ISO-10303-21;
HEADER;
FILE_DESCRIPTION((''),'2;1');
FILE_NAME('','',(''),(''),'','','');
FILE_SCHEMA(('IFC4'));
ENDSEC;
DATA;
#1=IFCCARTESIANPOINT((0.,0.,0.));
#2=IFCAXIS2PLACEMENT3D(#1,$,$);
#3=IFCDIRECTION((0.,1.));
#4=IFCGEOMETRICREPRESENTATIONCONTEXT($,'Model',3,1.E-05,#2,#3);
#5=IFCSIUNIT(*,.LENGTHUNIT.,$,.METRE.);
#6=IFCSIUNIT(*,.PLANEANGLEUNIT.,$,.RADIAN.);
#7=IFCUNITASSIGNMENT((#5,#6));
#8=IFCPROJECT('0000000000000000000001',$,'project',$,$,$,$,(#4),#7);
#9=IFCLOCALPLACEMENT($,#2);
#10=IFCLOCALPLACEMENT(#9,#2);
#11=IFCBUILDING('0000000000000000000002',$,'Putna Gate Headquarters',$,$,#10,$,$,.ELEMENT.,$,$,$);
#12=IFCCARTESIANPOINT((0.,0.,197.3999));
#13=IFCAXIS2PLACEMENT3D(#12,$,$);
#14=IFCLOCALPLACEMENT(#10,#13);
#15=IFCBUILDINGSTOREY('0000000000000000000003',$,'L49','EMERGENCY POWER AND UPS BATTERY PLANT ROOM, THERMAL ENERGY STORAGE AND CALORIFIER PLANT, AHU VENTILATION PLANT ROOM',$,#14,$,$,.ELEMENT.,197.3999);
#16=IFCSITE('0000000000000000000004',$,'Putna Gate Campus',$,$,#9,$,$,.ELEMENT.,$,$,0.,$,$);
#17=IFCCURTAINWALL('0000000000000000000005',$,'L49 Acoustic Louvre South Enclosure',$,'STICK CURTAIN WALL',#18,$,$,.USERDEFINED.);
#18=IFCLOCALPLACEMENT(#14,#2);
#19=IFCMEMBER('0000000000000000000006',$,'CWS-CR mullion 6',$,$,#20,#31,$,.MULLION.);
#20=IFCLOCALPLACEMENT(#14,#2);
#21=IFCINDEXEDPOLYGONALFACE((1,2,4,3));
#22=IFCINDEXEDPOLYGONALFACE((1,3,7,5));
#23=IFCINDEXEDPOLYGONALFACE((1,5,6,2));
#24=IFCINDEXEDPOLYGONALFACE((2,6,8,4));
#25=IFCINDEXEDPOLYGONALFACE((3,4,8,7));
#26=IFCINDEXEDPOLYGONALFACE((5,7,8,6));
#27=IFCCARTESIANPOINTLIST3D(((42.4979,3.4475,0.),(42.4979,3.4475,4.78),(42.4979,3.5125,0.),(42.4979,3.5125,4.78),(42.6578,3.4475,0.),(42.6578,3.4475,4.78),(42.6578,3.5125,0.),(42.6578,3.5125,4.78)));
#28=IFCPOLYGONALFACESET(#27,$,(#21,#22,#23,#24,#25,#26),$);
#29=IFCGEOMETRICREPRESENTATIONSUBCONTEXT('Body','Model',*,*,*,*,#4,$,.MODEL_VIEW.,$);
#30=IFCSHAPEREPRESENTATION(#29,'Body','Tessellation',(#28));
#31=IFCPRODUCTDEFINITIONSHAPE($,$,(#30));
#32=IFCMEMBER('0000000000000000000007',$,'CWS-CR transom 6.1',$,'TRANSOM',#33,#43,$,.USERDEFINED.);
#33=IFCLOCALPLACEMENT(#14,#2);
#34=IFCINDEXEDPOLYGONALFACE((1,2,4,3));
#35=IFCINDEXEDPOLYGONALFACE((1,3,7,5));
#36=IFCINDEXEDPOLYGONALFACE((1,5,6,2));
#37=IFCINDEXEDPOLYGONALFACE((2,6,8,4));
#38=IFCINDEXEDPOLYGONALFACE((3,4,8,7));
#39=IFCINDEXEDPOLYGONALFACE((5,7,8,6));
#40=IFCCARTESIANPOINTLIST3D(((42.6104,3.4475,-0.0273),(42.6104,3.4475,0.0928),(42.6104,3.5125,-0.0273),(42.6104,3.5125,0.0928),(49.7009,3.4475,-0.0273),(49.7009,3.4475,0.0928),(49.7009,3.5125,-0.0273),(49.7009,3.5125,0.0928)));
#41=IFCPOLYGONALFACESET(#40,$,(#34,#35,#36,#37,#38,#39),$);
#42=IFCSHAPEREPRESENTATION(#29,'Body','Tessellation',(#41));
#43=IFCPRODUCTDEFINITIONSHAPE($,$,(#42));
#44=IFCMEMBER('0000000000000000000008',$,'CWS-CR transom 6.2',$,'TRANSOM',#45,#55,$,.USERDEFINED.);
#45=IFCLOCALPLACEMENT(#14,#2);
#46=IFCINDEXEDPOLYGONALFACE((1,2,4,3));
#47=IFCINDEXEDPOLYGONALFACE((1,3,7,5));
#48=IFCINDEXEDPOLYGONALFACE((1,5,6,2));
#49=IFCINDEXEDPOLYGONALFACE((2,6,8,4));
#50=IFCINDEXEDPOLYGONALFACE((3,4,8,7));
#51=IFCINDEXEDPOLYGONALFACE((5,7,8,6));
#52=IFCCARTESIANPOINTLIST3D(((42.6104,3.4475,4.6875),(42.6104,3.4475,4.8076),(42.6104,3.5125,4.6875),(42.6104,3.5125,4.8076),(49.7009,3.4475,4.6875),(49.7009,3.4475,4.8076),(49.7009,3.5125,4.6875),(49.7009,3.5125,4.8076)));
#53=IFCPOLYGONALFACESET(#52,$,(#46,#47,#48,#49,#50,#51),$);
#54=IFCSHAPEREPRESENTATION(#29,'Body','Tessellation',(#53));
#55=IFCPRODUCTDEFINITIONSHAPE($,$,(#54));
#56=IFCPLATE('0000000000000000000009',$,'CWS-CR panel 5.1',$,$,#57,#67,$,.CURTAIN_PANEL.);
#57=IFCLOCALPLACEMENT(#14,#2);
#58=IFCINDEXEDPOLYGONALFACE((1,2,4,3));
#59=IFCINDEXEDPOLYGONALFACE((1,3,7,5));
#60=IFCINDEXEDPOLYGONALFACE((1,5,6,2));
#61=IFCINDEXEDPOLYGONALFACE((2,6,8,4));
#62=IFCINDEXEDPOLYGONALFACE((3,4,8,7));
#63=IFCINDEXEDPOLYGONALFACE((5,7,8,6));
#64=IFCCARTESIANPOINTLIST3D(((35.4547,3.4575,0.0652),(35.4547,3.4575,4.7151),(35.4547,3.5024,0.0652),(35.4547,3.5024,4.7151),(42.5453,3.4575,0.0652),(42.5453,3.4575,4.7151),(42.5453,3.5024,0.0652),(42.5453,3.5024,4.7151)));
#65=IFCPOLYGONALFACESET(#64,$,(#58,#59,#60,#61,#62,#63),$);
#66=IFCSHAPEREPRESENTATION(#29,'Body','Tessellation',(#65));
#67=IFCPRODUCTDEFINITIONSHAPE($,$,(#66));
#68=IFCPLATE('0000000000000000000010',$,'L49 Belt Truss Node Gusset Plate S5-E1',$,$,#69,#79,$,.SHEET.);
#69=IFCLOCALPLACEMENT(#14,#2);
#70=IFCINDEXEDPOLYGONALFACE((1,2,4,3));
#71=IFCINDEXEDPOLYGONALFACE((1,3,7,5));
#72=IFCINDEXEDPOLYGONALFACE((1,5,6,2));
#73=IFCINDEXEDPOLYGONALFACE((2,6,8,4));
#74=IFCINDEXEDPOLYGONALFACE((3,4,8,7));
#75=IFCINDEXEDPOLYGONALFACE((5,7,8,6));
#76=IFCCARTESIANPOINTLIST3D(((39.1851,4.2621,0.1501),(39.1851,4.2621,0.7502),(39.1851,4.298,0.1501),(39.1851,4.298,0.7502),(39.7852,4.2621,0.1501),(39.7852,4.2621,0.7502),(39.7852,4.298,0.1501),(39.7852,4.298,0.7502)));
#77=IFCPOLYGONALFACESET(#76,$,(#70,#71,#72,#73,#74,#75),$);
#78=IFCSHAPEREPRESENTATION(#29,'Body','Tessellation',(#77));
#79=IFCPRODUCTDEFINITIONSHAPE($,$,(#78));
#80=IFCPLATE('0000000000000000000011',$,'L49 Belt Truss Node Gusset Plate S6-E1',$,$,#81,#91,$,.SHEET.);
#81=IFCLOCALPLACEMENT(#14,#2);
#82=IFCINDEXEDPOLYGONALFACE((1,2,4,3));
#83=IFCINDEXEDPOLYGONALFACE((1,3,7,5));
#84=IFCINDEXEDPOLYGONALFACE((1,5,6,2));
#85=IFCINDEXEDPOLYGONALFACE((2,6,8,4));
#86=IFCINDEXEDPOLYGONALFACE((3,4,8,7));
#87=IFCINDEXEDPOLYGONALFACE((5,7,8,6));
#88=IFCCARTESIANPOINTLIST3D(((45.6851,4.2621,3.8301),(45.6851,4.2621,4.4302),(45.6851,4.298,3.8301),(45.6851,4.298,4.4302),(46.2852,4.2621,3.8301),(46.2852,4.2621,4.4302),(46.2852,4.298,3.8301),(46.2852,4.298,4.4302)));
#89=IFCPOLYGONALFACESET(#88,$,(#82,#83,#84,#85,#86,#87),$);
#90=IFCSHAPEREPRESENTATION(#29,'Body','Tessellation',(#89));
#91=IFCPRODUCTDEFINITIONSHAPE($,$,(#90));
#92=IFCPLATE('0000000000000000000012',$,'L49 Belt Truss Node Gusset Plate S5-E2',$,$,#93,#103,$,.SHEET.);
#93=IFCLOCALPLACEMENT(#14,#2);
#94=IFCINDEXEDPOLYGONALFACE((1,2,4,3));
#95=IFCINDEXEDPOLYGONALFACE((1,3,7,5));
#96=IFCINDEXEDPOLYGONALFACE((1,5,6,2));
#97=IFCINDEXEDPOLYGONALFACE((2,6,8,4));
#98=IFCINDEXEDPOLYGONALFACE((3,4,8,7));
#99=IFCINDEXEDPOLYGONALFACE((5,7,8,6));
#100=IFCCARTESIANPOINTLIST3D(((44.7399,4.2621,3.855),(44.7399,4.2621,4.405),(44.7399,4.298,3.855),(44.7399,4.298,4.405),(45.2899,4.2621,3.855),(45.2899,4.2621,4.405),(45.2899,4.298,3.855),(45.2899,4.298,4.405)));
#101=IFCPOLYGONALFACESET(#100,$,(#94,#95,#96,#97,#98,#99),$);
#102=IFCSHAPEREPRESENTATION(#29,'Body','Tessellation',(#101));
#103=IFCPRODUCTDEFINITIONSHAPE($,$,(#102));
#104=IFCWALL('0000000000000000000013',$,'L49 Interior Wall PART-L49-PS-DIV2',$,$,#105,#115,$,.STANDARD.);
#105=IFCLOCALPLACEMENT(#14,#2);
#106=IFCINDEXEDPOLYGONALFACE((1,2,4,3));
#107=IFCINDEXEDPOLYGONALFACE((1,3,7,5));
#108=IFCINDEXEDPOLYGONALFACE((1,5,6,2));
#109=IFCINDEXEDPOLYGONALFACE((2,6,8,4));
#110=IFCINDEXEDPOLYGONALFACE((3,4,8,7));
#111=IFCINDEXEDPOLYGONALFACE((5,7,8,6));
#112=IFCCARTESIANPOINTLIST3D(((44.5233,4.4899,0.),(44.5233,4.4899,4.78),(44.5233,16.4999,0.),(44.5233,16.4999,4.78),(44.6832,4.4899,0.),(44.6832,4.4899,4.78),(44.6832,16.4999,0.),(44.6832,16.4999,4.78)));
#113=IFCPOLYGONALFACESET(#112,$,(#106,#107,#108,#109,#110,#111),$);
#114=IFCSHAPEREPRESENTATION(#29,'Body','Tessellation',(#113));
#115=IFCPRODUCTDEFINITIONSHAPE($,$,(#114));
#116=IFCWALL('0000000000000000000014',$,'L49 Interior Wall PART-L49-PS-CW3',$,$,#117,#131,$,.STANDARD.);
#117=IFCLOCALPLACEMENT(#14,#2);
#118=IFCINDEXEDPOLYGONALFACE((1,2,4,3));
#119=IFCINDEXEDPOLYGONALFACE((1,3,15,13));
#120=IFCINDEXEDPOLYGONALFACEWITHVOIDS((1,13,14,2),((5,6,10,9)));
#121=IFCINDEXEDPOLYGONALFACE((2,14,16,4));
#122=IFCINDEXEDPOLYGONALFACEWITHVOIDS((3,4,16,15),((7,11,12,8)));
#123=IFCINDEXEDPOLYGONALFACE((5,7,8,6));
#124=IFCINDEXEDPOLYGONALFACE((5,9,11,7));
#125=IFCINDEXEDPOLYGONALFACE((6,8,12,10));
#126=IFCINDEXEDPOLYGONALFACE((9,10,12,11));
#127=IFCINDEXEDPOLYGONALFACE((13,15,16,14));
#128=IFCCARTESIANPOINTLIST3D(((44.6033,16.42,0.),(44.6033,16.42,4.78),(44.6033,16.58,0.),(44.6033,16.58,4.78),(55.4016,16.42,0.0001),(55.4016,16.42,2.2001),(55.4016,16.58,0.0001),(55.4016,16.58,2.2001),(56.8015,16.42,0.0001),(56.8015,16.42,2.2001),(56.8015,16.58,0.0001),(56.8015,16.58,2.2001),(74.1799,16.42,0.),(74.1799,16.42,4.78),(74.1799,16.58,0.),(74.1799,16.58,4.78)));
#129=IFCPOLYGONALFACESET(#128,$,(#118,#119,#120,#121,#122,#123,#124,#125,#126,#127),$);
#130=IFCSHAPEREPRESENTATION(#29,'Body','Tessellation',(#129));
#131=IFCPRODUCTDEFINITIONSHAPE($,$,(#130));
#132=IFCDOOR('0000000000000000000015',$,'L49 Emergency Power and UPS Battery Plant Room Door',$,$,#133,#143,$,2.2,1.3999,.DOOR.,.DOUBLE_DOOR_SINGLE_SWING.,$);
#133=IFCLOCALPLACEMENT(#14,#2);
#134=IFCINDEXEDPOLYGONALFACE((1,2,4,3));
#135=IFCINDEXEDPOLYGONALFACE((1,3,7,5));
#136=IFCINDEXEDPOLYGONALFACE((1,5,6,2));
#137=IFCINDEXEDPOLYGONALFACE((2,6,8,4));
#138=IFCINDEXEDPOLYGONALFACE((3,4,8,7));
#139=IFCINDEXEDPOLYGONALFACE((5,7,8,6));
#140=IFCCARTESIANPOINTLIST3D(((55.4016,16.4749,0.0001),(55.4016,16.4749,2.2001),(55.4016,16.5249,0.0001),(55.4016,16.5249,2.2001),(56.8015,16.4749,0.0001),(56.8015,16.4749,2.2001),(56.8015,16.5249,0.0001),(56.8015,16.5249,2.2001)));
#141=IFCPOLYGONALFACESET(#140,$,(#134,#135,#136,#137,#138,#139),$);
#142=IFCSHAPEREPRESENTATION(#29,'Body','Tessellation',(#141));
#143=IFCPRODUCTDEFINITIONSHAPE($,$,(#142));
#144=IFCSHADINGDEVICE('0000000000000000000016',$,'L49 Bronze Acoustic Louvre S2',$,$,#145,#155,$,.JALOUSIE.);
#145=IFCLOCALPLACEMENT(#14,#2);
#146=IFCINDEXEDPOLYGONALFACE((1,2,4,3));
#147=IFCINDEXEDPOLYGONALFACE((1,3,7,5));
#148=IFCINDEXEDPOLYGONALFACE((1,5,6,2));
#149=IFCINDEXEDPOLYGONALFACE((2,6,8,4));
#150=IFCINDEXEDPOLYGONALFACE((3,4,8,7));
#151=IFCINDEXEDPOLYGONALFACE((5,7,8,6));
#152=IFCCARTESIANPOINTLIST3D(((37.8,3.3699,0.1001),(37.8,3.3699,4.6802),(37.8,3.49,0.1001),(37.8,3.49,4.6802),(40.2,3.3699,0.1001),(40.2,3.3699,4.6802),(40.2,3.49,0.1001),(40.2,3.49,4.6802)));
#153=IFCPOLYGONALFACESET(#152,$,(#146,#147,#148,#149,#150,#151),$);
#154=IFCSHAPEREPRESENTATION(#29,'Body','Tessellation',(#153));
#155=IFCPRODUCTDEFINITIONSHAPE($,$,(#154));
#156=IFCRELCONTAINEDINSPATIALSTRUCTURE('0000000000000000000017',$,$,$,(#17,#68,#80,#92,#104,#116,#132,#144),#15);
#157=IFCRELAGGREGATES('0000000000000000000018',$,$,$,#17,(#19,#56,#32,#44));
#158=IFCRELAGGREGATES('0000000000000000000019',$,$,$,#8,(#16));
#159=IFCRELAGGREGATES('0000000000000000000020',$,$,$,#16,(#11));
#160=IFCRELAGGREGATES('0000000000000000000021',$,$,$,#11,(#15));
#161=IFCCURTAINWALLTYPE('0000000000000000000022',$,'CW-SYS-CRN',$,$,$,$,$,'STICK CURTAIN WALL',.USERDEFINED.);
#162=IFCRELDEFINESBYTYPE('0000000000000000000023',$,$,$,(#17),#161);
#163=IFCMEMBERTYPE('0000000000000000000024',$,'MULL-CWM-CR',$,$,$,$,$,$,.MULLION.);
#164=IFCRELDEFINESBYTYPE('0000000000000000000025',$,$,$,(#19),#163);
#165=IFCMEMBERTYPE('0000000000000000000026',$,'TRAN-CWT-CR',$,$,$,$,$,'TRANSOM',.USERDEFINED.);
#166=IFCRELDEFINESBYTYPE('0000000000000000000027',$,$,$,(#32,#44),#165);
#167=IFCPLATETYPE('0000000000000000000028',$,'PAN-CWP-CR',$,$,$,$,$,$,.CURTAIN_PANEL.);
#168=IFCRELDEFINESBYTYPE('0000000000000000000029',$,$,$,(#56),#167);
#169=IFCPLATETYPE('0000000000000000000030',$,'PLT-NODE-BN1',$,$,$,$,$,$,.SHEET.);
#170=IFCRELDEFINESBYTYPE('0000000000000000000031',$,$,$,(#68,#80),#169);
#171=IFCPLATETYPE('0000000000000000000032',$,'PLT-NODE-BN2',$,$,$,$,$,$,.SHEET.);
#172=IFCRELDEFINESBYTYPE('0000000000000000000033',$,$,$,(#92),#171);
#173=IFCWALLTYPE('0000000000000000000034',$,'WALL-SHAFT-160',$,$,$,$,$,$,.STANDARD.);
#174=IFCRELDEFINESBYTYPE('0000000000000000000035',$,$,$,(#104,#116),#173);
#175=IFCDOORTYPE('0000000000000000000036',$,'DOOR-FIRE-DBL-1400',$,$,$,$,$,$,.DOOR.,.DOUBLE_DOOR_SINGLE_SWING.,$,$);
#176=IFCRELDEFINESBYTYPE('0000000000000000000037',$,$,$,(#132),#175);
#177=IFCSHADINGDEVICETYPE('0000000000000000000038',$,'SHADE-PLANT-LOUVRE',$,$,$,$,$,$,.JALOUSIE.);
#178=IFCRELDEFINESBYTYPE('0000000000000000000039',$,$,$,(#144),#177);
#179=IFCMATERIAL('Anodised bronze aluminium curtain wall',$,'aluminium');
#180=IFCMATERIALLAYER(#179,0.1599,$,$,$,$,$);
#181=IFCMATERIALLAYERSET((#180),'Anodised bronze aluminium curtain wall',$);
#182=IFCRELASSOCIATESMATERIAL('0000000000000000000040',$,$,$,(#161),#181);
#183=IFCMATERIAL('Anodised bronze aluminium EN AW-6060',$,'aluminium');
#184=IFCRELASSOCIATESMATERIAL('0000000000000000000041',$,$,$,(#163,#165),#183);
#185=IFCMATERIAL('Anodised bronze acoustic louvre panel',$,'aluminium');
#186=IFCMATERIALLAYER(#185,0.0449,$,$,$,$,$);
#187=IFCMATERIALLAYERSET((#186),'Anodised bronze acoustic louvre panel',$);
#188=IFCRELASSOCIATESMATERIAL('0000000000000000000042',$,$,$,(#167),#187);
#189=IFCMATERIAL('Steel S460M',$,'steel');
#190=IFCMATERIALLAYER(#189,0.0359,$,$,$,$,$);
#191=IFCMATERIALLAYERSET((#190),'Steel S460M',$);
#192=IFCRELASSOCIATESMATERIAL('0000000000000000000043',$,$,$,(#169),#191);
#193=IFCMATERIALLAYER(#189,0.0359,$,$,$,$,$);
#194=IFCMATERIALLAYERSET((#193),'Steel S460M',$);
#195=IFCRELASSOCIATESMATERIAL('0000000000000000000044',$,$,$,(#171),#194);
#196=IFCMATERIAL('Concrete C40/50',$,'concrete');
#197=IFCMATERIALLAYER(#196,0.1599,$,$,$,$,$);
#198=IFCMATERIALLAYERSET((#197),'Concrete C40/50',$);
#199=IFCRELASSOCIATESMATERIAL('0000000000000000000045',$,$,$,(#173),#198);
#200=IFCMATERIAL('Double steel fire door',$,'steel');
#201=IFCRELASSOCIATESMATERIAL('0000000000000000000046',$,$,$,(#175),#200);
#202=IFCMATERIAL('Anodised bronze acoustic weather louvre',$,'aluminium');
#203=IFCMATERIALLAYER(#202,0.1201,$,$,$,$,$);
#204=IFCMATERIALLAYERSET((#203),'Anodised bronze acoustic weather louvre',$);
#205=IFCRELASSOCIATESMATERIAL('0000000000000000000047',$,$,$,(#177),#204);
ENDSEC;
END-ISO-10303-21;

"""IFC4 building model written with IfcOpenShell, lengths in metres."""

from ifc_helpers import new_model, si_unit, direction, frame, frame_2d, origin, origin_2d, place, context, subcontext, project, spatial, rectangle, extrude, material, layer, layer_set, material_profile, profile_set, type_object, element, fill, aggregate, save


model = new_model("IFC4")

# Units and contexts
model_context = context("Model", 3, precision=1e-05, world=origin(), true_north=direction((0.0, 1.0)))
body_context = subcontext(model_context, "Body", "Model", "MODEL_VIEW")
ifc_project = project(units=[si_unit("LENGTHUNIT", "METRE"), si_unit("PLANEANGLEUNIT", "RADIAN")], contexts=[model_context])

# Site, building, storey
site_placement = place(None, origin())
site = spatial("IfcSite", under=ifc_project, at=site_placement, Name="Putna Gate Campus", CompositionType="ELEMENT", RefElevation=0.0)
building_placement = place(site_placement, origin())
building = spatial("IfcBuilding", under=site, at=building_placement, Name="Putna Gate Headquarters", CompositionType="ELEMENT")
storey_placement = place(building_placement, frame((0.0, 0.0, 197.3999)))
storey = spatial("IfcBuildingStorey", under=building, at=storey_placement, Name="L49", Description="EMERGENCY POWER AND UPS BATTERY PLANT ROOM, THERMAL ENERGY STORAGE AND CALORIFIER PLANT, AHU VENTILATION PLANT ROOM", CompositionType="ELEMENT", Elevation=197.3999)

# Shared definitions
ifc_material_1 = material(Name="Steel S460M", Category="steel")

# Curtain wall, members, plate
ifc_material_2 = material(Name="Anodised bronze aluminium curtain wall", Category="aluminium")
ifc_layer_1 = layer(ifc_material_2, 0.1599)
ifc_layer_set_1 = layer_set([ifc_layer_1], Name="Anodised bronze aluminium curtain wall")
curtain_wall_type = type_object("IfcCurtainWallType", Name="CW-SYS-CRN", ElementType="STICK CURTAIN WALL", PredefinedType="USERDEFINED", material=ifc_layer_set_1)
curtain_wall_placement = place(storey_placement, origin())
curtain_wall = element("IfcCurtainWall", 1, at=curtain_wall_placement, inside=storey, type_object=curtain_wall_type, Name="L49 Acoustic Louvre South Enclosure", ObjectType="STICK CURTAIN WALL", PredefinedType="USERDEFINED")
ifc_material_3 = material(Name="Anodised bronze aluminium EN AW-6060", Category="aluminium")
ifc_material_profile_1 = material_profile(ifc_material_3, rectangle(XDim=0.0649, YDim=0.1599, at=origin_2d()), Name="Anodised bronze aluminium EN AW-6060")
ifc_profile_set_1 = profile_set([ifc_material_profile_1], Name="Anodised bronze aluminium EN AW-6060")
member_type_1 = type_object("IfcMemberType", Name="MULL-CWM-CR", PredefinedType="MULLION", material=ifc_profile_set_1)
member_1_placement = place(storey_placement, frame((42.5779, 3.48, 0.0), z_axis=(0.0, 0.0, 1.0), x_axis=(0.0, 1.0, 0.0)))
member_1 = element("IfcMember", 2, at=member_1_placement, type_object=member_type_1, Name="CWS-CR mullion 6", PredefinedType="MULLION", context=body_context, shape_type="SweptSolid", body=[
    extrude(rectangle(XDim=0.0649, YDim=0.1599, at=origin_2d()), origin(), (0.0, 0.0, 1.0), 4.78),
])
ifc_material_profile_2 = material_profile(ifc_material_3, rectangle(XDim=0.0649, YDim=0.1201, at=origin_2d()), Name="Anodised bronze aluminium EN AW-6060")
ifc_profile_set_2 = profile_set([ifc_material_profile_2], Name="Anodised bronze aluminium EN AW-6060")
member_type_2 = type_object("IfcMemberType", Name="TRAN-CWT-CR", ElementType="TRANSOM", PredefinedType="USERDEFINED", material=ifc_profile_set_2)
member_2_placement = place(storey_placement, frame((42.6104, 3.48, 0.0327), z_axis=(1.0, 0.0, 0.0), x_axis=(0.0, 1.0, 0.0)))
member_2 = element("IfcMember", 3, at=member_2_placement, type_object=member_type_2, Name="CWS-CR transom 6.1", ObjectType="TRANSOM", PredefinedType="USERDEFINED", context=body_context, shape_type="SweptSolid", body=[
    extrude(rectangle(XDim=0.0649, YDim=0.1201, at=origin_2d()), origin(), (0.0, 0.0, 1.0), 7.0906),
])
member_3_placement = place(storey_placement, frame((42.6104, 3.48, 4.7476), z_axis=(1.0, 0.0, 0.0), x_axis=(0.0, 1.0, 0.0)))
member_3 = element("IfcMember", 4, at=member_3_placement, type_object=member_type_2, Name="CWS-CR transom 6.2", ObjectType="TRANSOM", PredefinedType="USERDEFINED", context=body_context, shape_type="SweptSolid", body=[
    extrude(rectangle(XDim=0.0649, YDim=0.1201, at=origin_2d()), origin(), (0.0, 0.0, 1.0), 7.0906),
])
ifc_material_4 = material(Name="Anodised bronze acoustic louvre panel", Category="aluminium")
ifc_layer_2 = layer(ifc_material_4, 0.0449)
ifc_layer_set_2 = layer_set([ifc_layer_2], Name="Anodised bronze acoustic louvre panel")
plate_type_1 = type_object("IfcPlateType", Name="PAN-CWP-CR", PredefinedType="CURTAIN_PANEL", material=ifc_layer_set_2)
plate_1_placement = place(storey_placement, frame((39.0, 3.48, 0.0652), z_axis=(0.0, 0.0, 1.0), x_axis=(1.0, 0.0, 0.0)))
plate_1 = element("IfcPlate", 5, at=plate_1_placement, type_object=plate_type_1, Name="CWS-CR panel 5.1", PredefinedType="CURTAIN_PANEL", context=body_context, shape_type="SweptSolid", body=[
    extrude(rectangle(XDim=7.0906, YDim=0.0449, at=origin_2d()), origin(), (0.0, 0.0, 1.0), 4.6499),
])
aggregate(curtain_wall, [member_1, plate_1, member_2, member_3])

# Plates
ifc_layer_3 = layer(ifc_material_1, 0.0359)
ifc_layer_set_3 = layer_set([ifc_layer_3], Name="Steel S460M")
plate_type_2 = type_object("IfcPlateType", Name="PLT-NODE-BN1", PredefinedType="SHEET", material=ifc_layer_set_3)
for number, where, z_axis, x_axis, name in (
    (6, (39.4851, 4.28, 0.1501), (0.0, 0.0, 1.0), (1.0, 0.0, 0.0), "L49 Belt Truss Node Gusset Plate S5-E1"),
    (7, (45.9851, 4.28, 3.8301), (0.0, 0.0, 1.0), (1.0, 0.0, 0.0), "L49 Belt Truss Node Gusset Plate S6-E1"),
):
    element("IfcPlate", number, at=place(storey_placement, frame(where, z_axis=z_axis, x_axis=x_axis)), inside=storey, type_object=plate_type_2, Name=name, PredefinedType="SHEET", context=body_context, shape_type="SweptSolid", body=[
        extrude(rectangle(XDim=0.6001, YDim=0.0359, at=origin_2d()), origin(), (0.0, 0.0, 1.0), 0.6001),
    ])
ifc_layer_4 = layer(ifc_material_1, 0.0359)
ifc_layer_set_4 = layer_set([ifc_layer_4], Name="Steel S460M")
plate_type_3 = type_object("IfcPlateType", Name="PLT-NODE-BN2", PredefinedType="SHEET", material=ifc_layer_set_4)
plate_2_placement = place(storey_placement, frame((45.0149, 4.28, 3.855), z_axis=(0.0, 0.0, 1.0), x_axis=(1.0, 0.0, 0.0)))
element("IfcPlate", 8, at=plate_2_placement, inside=storey, type_object=plate_type_3, Name="L49 Belt Truss Node Gusset Plate S5-E2", PredefinedType="SHEET", context=body_context, shape_type="SweptSolid", body=[
    extrude(rectangle(XDim=0.55, YDim=0.0359, at=origin_2d()), origin(), (0.0, 0.0, 1.0), 0.55),
])

# Wall
ifc_material_5 = material(Name="Concrete C40/50", Category="concrete")
ifc_layer_5 = layer(ifc_material_5, 0.1599)
ifc_layer_set_5 = layer_set([ifc_layer_5], Name="Concrete C40/50")
wall_type = type_object("IfcWallType", Name="WALL-SHAFT-160", PredefinedType="STANDARD", material=ifc_layer_set_5)
wall_1_placement = place(storey_placement, frame((44.6033, 4.49, 0.0), z_axis=(0.0, 0.0, 1.0), x_axis=(0.0, 1.0, 0.0)))
element("IfcWall", 9, at=wall_1_placement, inside=storey, type_object=wall_type, Name="L49 Interior Wall PART-L49-PS-DIV2", PredefinedType="STANDARD", context=body_context, shape_type="SweptSolid", body=[
    extrude(rectangle(XDim=12.01, YDim=0.1599, at=frame_2d((6.0049, 0.0))), origin(), (0.0, 0.0, 1.0), 4.78),
])

# Wall, opening, door
wall_2_placement = place(storey_placement, frame((44.6033, 16.5, 0.0), z_axis=(0.0, 0.0, 1.0), x_axis=(1.0, 0.0, 0.0)))
wall_2 = element("IfcWall", 10, at=wall_2_placement, inside=storey, type_object=wall_type, Name="L49 Interior Wall PART-L49-PS-CW3", PredefinedType="STANDARD", context=body_context, shape_type="SweptSolid", body=[
    extrude(rectangle(XDim=29.5767, YDim=0.1599, at=frame_2d((14.7883, 0.0))), origin(), (0.0, 0.0, 1.0), 4.78),
])
opening_placement = place(wall_2_placement, frame((10.7983, 0.0, 0.0)))
opening = element("IfcOpeningElement", 11, at=opening_placement, cuts=wall_2, PredefinedType="OPENING", context=body_context, shape_type="SweptSolid", body=[
    extrude(rectangle(XDim=1.3999, YDim=2.2, at=frame_2d((0.7, 1.1001))), frame((0.0, 0.0898, 0.0), z_axis=(0.0, -1.0, 0.0), x_axis=(1.0, 0.0, 0.0)), (0.0, 0.0, 1.0), 0.1799),
])
ifc_material_6 = material(Name="Double steel fire door", Category="steel")
door_type = type_object("IfcDoorType", Name="DOOR-FIRE-DBL-1400", OperationType="DOUBLE_DOOR_SINGLE_SWING", PredefinedType="DOOR", material=ifc_material_6)
door_placement = place(opening_placement, origin())
door = element("IfcDoor", 12, at=door_placement, inside=storey, type_object=door_type, Name="L49 Emergency Power and UPS Battery Plant Room Door", OperationType="DOUBLE_DOOR_SINGLE_SWING", OverallHeight=2.2, OverallWidth=1.3999, PredefinedType="DOOR", context=body_context, shape_type="SweptSolid", body=[
    extrude(rectangle(XDim=1.3999, YDim=2.2, at=frame_2d((0.7, 1.1001))), frame((0.0, 0.0249, 0.0), z_axis=(0.0, -1.0, 0.0), x_axis=(1.0, 0.0, 0.0)), (0.0, 0.0, 1.0), 0.05),
])
fill(opening, door)

# Shading device
ifc_material_7 = material(Name="Anodised bronze acoustic weather louvre", Category="aluminium")
ifc_layer_6 = layer(ifc_material_7, 0.1201)
ifc_layer_set_6 = layer_set([ifc_layer_6], Name="Anodised bronze acoustic weather louvre")
shading_device_type = type_object("IfcShadingDeviceType", Name="SHADE-PLANT-LOUVRE", PredefinedType="JALOUSIE", material=ifc_layer_set_6)
shading_device_placement = place(storey_placement, frame((39.0, 3.4299, 0.1001), z_axis=(0.0, 0.0, 1.0), x_axis=(1.0, 0.0, 0.0)))
element("IfcShadingDevice", 13, at=shading_device_placement, inside=storey, type_object=shading_device_type, Name="L49 Bronze Acoustic Louvre S2", PredefinedType="JALOUSIE", context=body_context, shape_type="SweptSolid", body=[
    extrude(rectangle(XDim=2.3999, YDim=0.1201, at=origin_2d()), origin(), (0.0, 0.0, 1.0), 4.5801),
])

save(model, "model.ifc")
